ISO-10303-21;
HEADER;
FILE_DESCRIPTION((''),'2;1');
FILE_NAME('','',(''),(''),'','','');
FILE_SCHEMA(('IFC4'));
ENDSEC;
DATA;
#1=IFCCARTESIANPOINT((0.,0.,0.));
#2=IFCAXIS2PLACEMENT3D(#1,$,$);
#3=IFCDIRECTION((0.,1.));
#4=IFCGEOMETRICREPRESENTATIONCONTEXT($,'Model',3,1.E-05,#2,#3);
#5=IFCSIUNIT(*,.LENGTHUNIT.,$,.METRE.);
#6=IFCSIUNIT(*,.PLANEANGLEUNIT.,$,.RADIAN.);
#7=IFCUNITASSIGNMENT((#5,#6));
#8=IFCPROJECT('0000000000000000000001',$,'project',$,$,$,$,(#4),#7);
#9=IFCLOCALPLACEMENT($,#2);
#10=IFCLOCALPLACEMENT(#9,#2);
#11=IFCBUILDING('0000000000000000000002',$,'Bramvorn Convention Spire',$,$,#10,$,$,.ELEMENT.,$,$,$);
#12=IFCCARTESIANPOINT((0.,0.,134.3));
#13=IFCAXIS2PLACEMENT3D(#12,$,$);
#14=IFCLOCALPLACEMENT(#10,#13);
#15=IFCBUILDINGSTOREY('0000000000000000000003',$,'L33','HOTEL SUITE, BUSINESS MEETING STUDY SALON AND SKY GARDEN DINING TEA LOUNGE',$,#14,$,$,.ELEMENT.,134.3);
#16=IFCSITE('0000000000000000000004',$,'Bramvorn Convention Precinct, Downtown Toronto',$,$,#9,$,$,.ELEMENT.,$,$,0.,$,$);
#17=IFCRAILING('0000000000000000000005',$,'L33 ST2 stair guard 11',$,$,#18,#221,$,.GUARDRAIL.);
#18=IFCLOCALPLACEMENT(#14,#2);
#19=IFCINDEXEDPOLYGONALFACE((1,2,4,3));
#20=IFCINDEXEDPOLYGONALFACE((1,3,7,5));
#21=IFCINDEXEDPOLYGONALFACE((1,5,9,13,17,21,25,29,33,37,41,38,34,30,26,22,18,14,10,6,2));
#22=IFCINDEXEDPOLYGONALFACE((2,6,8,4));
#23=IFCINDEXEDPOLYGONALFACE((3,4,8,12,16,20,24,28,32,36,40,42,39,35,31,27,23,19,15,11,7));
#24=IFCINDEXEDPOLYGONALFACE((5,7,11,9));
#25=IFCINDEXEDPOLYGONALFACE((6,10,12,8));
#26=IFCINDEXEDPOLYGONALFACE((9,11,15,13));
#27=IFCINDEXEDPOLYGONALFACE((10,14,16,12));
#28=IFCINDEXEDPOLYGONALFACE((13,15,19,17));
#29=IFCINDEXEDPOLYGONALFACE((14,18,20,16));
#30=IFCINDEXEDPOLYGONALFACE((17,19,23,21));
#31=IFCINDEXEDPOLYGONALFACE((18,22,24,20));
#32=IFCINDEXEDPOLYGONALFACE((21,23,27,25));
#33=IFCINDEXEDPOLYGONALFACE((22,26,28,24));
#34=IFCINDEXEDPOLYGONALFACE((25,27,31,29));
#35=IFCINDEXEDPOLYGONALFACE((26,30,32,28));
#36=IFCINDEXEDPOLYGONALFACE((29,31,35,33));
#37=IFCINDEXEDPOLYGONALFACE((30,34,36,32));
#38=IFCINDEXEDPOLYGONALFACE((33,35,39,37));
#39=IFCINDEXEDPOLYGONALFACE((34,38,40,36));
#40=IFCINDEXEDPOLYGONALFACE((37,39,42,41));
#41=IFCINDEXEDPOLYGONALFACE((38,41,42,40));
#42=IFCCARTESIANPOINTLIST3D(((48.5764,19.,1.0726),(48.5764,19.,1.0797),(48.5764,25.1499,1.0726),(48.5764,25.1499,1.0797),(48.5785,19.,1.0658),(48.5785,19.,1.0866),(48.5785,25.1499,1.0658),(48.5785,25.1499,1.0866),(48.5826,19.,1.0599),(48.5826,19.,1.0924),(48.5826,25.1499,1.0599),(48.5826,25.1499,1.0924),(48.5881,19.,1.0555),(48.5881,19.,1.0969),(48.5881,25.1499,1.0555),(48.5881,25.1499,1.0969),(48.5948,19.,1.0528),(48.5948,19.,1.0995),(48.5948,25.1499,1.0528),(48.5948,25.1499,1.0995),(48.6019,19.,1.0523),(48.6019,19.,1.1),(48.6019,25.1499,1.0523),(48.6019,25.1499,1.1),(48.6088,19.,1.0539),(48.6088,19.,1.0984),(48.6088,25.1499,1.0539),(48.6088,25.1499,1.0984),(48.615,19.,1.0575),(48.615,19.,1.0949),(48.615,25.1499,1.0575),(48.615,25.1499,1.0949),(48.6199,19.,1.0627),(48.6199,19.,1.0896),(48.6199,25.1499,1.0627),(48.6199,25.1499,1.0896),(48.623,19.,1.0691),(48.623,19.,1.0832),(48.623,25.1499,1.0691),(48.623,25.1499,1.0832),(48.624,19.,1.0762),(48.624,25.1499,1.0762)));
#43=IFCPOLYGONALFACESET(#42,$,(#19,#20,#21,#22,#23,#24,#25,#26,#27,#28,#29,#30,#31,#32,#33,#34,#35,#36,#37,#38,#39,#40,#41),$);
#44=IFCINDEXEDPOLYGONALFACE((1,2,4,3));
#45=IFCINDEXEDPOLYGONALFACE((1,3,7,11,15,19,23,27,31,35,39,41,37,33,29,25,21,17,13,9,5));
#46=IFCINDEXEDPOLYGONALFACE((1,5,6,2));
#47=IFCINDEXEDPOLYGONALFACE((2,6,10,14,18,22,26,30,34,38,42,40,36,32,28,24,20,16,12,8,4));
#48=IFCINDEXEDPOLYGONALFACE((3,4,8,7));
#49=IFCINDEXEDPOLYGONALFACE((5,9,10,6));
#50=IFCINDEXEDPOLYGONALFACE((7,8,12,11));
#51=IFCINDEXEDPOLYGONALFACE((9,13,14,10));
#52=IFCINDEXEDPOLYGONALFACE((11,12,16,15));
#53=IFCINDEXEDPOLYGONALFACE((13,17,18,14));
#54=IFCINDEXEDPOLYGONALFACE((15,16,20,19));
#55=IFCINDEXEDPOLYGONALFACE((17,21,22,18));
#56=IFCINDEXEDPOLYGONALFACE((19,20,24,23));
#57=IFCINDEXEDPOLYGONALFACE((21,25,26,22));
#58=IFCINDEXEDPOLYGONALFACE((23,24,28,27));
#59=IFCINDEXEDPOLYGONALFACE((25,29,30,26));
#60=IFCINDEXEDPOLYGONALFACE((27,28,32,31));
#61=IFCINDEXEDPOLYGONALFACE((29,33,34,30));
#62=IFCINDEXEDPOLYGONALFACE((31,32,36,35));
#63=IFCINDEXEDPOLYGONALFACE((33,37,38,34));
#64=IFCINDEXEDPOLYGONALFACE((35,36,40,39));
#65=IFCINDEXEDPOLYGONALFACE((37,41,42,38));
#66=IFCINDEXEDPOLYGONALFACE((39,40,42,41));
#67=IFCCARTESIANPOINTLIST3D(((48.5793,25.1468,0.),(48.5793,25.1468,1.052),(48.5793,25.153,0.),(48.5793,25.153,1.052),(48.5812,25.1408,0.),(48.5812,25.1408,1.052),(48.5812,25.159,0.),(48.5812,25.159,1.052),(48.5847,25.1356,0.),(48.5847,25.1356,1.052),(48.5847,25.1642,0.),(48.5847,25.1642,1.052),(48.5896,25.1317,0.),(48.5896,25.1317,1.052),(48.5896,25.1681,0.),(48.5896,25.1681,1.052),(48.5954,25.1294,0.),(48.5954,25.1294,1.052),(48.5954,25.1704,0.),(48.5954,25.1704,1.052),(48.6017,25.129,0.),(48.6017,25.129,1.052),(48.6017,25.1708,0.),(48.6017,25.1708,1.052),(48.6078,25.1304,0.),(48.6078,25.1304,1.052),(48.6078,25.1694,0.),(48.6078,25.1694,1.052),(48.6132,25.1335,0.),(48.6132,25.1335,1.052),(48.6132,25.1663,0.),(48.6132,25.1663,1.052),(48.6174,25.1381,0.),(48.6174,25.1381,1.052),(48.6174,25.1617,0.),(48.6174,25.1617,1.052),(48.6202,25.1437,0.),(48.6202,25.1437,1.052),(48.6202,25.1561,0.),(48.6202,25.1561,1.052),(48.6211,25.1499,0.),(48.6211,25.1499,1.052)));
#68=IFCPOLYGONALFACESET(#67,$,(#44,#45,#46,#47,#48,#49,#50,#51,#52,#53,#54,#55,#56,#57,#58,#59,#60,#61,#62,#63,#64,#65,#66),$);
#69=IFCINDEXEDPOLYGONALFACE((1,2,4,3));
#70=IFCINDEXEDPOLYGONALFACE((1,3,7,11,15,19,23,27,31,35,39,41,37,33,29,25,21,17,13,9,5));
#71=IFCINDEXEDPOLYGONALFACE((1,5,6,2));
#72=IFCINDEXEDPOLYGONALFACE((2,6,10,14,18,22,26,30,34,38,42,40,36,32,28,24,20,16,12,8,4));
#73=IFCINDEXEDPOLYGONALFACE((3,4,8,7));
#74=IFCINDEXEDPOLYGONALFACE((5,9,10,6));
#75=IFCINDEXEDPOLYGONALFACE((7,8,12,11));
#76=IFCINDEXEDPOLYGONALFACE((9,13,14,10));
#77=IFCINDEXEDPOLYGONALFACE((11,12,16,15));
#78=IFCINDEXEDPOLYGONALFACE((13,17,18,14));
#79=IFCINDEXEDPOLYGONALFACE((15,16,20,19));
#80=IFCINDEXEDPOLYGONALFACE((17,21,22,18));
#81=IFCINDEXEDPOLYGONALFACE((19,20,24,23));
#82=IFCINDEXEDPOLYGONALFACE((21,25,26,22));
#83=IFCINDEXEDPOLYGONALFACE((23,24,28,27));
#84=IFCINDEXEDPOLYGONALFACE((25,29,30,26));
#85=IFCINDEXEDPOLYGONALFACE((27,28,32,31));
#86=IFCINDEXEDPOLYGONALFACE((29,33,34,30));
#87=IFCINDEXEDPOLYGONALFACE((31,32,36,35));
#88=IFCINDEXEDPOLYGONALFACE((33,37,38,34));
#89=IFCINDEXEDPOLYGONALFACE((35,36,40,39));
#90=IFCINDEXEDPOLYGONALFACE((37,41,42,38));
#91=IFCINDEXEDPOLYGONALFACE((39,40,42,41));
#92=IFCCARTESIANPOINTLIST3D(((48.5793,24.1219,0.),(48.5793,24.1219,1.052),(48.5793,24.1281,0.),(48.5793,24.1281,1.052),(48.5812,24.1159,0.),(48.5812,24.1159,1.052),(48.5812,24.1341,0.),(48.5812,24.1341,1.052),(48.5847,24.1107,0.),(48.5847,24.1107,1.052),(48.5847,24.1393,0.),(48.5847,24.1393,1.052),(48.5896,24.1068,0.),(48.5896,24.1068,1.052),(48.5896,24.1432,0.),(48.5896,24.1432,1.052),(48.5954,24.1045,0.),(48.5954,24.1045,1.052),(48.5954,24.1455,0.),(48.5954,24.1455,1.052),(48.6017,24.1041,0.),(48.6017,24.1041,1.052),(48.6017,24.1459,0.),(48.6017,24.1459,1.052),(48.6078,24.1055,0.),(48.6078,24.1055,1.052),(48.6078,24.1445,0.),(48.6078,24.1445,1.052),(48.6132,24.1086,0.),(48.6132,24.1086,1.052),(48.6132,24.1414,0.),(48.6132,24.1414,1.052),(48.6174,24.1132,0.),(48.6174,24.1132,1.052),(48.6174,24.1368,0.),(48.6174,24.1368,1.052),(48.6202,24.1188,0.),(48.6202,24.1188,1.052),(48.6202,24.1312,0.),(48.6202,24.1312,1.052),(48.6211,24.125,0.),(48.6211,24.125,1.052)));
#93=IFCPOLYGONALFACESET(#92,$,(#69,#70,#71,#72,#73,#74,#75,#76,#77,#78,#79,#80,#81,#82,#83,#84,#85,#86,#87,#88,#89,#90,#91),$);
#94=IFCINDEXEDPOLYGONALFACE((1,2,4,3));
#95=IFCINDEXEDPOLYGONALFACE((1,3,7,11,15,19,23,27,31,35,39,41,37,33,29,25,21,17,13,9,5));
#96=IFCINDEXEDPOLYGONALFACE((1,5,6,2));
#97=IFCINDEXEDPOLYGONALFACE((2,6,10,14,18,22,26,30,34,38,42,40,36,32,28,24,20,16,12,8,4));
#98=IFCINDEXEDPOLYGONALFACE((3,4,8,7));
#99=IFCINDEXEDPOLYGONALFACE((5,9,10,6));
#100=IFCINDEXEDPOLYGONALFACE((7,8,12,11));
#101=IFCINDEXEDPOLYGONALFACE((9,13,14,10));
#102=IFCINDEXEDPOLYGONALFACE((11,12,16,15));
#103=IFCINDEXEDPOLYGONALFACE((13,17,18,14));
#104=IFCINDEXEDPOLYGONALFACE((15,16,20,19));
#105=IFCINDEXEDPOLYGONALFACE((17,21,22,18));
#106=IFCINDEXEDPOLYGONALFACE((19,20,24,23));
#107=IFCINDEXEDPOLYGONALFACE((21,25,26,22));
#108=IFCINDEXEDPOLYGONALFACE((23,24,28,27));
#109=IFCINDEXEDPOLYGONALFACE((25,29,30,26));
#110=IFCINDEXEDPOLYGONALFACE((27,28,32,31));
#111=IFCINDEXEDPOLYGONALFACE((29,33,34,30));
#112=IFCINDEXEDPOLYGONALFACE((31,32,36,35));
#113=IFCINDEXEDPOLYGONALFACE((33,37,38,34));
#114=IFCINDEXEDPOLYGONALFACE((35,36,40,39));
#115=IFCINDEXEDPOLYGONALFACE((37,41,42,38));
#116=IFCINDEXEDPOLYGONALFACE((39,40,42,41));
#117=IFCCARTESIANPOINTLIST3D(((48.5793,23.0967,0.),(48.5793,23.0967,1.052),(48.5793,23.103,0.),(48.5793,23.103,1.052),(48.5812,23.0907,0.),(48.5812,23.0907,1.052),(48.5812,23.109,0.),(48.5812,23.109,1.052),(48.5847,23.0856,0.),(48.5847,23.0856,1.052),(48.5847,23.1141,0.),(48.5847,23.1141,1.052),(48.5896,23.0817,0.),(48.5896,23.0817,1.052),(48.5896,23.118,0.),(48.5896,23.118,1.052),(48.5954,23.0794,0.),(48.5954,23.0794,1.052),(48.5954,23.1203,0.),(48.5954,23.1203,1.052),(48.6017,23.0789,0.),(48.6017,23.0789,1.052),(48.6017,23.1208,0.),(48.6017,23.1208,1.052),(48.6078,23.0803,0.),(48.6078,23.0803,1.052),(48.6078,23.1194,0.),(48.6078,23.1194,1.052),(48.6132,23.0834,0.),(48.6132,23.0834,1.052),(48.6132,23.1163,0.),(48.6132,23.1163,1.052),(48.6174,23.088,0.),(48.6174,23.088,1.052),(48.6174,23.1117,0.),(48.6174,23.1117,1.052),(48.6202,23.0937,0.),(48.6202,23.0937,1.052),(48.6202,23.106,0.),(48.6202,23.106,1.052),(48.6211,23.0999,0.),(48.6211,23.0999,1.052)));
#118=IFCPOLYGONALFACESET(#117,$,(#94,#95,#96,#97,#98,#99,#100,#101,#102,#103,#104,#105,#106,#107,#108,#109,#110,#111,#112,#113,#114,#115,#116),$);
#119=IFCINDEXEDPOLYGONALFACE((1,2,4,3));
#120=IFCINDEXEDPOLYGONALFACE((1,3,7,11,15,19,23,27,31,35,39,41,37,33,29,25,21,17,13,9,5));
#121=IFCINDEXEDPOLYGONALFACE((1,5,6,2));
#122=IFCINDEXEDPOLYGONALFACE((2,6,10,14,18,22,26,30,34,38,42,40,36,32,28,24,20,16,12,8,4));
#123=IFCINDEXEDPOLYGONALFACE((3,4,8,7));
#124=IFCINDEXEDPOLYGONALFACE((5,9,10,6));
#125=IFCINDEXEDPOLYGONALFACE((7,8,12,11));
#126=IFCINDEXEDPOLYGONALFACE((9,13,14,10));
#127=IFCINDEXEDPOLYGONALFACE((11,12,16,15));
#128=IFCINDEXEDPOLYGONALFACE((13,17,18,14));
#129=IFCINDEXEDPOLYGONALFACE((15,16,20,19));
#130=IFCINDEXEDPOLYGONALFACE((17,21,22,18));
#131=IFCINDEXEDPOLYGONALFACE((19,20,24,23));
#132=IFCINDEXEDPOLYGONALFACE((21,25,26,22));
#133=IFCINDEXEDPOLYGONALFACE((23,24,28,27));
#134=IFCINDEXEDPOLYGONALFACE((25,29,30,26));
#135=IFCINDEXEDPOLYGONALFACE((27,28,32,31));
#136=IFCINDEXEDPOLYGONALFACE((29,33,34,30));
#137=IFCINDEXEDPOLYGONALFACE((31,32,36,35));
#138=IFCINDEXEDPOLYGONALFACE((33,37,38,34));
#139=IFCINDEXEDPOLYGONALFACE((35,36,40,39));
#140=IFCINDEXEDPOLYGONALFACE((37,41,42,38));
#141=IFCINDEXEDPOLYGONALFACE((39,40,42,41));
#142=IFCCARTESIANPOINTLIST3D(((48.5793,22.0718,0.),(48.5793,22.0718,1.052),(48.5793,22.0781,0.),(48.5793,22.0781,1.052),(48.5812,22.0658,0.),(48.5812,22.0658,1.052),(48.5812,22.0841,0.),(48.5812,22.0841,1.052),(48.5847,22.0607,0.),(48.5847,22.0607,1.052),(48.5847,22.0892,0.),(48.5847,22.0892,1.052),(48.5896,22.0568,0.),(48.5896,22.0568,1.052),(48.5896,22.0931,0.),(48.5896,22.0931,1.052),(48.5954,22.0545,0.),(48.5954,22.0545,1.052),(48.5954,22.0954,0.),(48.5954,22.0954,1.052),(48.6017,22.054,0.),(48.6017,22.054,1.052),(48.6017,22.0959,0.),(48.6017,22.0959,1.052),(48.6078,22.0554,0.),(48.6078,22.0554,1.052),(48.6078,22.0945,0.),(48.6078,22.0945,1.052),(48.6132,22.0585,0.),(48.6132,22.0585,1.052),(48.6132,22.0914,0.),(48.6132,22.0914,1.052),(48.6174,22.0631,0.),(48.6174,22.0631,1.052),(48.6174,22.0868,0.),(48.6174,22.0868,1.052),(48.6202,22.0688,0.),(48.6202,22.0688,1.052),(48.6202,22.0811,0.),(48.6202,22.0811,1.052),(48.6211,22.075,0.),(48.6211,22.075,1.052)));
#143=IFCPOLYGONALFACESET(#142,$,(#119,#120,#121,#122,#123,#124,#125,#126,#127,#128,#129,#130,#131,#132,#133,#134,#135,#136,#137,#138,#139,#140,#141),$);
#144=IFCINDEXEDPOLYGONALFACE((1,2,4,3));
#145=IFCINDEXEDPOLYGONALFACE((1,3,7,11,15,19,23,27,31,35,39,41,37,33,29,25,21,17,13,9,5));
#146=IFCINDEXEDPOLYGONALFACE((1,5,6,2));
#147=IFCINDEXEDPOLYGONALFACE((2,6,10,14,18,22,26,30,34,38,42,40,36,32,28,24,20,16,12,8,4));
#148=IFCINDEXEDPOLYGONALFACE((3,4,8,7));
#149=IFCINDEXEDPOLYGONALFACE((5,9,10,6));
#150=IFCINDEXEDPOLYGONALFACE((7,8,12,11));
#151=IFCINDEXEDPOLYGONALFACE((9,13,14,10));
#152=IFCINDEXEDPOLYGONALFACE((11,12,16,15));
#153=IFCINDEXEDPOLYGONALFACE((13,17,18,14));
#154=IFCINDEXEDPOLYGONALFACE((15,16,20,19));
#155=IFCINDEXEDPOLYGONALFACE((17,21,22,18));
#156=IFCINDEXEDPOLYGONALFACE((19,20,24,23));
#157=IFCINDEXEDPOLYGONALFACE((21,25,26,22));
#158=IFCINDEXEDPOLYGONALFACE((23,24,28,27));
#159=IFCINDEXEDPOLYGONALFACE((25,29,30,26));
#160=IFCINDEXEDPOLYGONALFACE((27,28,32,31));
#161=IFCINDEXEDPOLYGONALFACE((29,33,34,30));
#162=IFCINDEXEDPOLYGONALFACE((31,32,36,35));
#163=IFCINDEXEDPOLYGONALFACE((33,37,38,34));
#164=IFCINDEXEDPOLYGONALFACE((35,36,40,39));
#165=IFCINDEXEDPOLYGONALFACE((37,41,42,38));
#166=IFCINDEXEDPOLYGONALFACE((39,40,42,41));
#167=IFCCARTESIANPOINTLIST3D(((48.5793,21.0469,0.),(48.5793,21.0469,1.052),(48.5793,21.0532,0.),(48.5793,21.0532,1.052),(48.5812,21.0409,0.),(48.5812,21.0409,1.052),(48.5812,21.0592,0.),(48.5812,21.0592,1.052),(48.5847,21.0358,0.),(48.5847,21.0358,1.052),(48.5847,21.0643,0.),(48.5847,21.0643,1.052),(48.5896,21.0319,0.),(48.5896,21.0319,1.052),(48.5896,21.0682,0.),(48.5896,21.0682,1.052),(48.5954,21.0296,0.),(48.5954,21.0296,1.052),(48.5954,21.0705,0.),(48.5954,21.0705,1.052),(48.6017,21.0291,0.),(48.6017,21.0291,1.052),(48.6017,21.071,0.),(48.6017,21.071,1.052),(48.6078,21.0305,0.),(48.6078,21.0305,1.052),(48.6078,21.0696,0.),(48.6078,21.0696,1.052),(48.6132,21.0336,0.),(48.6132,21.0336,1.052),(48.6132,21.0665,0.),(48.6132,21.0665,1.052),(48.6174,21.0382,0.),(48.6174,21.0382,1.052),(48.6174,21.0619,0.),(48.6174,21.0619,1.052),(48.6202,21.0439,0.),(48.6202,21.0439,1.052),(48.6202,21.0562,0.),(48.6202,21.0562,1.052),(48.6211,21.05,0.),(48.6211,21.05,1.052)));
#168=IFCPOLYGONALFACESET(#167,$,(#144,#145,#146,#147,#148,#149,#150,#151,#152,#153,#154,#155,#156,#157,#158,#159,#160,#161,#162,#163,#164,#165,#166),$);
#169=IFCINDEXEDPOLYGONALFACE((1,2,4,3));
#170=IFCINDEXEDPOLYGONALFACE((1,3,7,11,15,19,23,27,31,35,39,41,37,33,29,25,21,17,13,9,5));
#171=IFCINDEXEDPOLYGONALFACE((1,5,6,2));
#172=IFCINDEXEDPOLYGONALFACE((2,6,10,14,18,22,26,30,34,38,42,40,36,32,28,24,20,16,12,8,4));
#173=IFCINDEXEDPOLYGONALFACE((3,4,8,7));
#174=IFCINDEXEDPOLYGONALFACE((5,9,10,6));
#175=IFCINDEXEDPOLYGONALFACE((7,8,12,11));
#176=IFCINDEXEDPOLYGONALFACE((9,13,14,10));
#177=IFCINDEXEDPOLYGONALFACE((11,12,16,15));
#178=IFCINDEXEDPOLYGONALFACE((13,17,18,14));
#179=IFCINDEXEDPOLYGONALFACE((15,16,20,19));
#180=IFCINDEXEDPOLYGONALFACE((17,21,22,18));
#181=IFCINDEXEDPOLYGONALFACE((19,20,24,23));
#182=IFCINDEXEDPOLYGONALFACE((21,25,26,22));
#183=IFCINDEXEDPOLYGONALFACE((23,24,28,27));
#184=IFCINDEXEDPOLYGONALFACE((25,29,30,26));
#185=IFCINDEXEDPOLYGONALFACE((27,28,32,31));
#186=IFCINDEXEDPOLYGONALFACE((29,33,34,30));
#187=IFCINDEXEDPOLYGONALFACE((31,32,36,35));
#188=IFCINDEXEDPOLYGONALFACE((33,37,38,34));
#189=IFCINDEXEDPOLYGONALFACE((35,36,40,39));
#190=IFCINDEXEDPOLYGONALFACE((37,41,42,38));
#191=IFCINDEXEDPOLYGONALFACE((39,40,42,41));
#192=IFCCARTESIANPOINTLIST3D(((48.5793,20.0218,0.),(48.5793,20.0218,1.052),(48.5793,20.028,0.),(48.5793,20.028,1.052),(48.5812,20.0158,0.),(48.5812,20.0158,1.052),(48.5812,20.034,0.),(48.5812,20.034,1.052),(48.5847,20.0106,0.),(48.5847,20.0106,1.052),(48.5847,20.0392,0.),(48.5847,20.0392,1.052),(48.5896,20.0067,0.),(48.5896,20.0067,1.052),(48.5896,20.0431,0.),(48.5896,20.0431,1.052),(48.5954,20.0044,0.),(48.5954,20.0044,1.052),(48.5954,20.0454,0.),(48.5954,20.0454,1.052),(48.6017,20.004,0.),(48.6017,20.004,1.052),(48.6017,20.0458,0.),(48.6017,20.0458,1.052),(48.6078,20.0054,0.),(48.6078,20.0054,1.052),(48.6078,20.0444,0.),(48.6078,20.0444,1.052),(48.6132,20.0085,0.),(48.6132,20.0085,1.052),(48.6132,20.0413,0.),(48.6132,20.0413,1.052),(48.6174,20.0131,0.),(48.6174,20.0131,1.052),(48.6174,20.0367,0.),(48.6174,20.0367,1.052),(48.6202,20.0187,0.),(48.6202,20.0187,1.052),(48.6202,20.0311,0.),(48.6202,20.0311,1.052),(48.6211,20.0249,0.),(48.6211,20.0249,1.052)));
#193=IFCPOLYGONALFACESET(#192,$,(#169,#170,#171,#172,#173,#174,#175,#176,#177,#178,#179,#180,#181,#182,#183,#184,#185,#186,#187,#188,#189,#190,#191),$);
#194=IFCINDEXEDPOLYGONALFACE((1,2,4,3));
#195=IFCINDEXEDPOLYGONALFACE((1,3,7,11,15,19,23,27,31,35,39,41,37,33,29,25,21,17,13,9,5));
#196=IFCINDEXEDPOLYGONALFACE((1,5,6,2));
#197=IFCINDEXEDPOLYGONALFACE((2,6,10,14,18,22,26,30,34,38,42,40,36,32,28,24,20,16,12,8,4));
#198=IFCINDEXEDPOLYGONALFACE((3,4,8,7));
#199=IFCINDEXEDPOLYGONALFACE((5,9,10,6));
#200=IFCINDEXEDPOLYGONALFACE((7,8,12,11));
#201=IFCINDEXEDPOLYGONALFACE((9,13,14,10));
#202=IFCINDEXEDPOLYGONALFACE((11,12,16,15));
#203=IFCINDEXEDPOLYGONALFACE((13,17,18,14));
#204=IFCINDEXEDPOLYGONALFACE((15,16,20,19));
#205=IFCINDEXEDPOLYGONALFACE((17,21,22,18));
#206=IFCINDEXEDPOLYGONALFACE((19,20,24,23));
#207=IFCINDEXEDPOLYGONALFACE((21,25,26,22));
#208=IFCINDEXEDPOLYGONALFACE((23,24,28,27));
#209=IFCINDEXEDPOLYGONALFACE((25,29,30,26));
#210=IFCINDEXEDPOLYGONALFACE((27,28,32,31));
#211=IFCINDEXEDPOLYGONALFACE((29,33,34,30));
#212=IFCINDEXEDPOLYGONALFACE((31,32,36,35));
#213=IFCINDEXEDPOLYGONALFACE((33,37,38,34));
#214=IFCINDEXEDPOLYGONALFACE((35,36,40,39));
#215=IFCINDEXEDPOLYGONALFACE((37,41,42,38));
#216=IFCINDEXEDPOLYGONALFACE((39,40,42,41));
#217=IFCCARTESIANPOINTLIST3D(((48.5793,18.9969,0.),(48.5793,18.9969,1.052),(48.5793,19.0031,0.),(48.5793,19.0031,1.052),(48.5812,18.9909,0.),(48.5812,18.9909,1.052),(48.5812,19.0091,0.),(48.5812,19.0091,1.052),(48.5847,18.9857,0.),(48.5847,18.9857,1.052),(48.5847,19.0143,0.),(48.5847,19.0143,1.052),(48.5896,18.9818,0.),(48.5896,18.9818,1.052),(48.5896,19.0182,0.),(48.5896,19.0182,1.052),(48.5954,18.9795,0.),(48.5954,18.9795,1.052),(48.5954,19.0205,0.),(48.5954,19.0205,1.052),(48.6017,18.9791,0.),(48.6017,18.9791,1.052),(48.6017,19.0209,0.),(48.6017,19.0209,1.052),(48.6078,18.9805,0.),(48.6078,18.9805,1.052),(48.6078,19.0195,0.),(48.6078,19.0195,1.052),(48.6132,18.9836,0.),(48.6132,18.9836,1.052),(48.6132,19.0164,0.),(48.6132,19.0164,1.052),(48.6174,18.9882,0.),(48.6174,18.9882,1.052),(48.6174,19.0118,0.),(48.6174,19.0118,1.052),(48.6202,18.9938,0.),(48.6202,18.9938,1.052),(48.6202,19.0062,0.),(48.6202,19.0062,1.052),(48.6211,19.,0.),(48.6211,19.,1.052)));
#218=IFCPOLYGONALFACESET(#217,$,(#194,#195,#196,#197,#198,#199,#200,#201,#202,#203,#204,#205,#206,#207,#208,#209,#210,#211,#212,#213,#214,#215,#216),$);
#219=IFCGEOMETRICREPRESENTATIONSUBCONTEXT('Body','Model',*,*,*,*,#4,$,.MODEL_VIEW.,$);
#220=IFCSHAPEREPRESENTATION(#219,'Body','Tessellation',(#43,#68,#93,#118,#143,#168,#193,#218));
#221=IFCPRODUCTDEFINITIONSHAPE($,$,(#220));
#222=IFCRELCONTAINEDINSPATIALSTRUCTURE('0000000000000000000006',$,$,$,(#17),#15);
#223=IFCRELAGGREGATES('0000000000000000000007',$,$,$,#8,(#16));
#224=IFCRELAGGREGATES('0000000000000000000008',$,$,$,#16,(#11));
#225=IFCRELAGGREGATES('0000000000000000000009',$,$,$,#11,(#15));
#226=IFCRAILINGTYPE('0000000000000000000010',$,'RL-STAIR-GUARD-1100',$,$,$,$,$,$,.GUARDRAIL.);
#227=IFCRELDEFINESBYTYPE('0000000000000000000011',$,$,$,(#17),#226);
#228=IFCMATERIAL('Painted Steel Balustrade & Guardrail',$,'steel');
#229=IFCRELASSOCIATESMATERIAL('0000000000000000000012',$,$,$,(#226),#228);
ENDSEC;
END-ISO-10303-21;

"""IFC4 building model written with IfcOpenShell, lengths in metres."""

from ifc_helpers import new_model, si_unit, direction, frame, origin, origin_2d, place, context, subcontext, project, spatial, circle, extrude, material, type_object, element, save


model = new_model("IFC4")

# Units and contexts
model_context = context("Model", 3, precision=1e-05, world=origin(), true_north=direction((0.0, 1.0)))
body_context = subcontext(model_context, "Body", "Model", "MODEL_VIEW")
ifc_project = project(units=[si_unit("LENGTHUNIT", "METRE"), si_unit("PLANEANGLEUNIT", "RADIAN")], contexts=[model_context])

# Site, building, storey
site_placement = place(None, origin())
site = spatial("IfcSite", under=ifc_project, at=site_placement, Name="Bramvorn Convention Precinct, Downtown Toronto", CompositionType="ELEMENT", RefElevation=0.0)
building_placement = place(site_placement, origin())
building = spatial("IfcBuilding", under=site, at=building_placement, Name="Bramvorn Convention Spire", CompositionType="ELEMENT")
storey_placement = place(building_placement, frame((0.0, 0.0, 134.3)))
storey = spatial("IfcBuildingStorey", under=building, at=storey_placement, Name="L33", Description="HOTEL SUITE, BUSINESS MEETING STUDY SALON AND SKY GARDEN DINING TEA LOUNGE", CompositionType="ELEMENT", Elevation=134.3)

# Railing
ifc_material_1 = material(Name="Painted Steel Balustrade & Guardrail", Category="steel")
railing_type_1 = type_object("IfcRailingType", Name="RL-STAIR-GUARD-1100", PredefinedType="GUARDRAIL", material=ifc_material_1)
railing_1_placement = place(storey_placement, frame((48.6001, 25.1499, 0.0)))
element("IfcRailing", 1, at=railing_1_placement, inside=storey, type_object=railing_type_1, Name="L33 ST2 stair guard 11", PredefinedType="GUARDRAIL", context=body_context, shape_type="SweptSolid", body=[
    extrude(circle(Radius=0.0239, at=origin_2d()), frame((0.0, 0.0, 1.0762), z_axis=(0.0, -1.0, 0.0), x_axis=(1.0, 0.0, 0.0)), (0.0, 0.0, 1.0), 6.1499),
    extrude(circle(Radius=0.021, at=origin_2d()), origin(), (0.0, 0.0, 1.0), 1.052),
    extrude(circle(Radius=0.021, at=origin_2d()), frame((0.0, -1.0249, 0.0)), (0.0, 0.0, 1.0), 1.052),
    extrude(circle(Radius=0.021, at=origin_2d()), frame((0.0, -2.05, 0.0)), (0.0, 0.0, 1.0), 1.052),
    extrude(circle(Radius=0.021, at=origin_2d()), frame((0.0, -3.075, 0.0)), (0.0, 0.0, 1.0), 1.052),
    extrude(circle(Radius=0.021, at=origin_2d()), frame((0.0, -4.0999, 0.0)), (0.0, 0.0, 1.0), 1.052),
    extrude(circle(Radius=0.021, at=origin_2d()), frame((0.0, -5.125, 0.0)), (0.0, 0.0, 1.0), 1.052),
    extrude(circle(Radius=0.021, at=origin_2d()), frame((0.0, -6.1499, 0.0)), (0.0, 0.0, 1.0), 1.052),
])

save(model, "model.ifc")
